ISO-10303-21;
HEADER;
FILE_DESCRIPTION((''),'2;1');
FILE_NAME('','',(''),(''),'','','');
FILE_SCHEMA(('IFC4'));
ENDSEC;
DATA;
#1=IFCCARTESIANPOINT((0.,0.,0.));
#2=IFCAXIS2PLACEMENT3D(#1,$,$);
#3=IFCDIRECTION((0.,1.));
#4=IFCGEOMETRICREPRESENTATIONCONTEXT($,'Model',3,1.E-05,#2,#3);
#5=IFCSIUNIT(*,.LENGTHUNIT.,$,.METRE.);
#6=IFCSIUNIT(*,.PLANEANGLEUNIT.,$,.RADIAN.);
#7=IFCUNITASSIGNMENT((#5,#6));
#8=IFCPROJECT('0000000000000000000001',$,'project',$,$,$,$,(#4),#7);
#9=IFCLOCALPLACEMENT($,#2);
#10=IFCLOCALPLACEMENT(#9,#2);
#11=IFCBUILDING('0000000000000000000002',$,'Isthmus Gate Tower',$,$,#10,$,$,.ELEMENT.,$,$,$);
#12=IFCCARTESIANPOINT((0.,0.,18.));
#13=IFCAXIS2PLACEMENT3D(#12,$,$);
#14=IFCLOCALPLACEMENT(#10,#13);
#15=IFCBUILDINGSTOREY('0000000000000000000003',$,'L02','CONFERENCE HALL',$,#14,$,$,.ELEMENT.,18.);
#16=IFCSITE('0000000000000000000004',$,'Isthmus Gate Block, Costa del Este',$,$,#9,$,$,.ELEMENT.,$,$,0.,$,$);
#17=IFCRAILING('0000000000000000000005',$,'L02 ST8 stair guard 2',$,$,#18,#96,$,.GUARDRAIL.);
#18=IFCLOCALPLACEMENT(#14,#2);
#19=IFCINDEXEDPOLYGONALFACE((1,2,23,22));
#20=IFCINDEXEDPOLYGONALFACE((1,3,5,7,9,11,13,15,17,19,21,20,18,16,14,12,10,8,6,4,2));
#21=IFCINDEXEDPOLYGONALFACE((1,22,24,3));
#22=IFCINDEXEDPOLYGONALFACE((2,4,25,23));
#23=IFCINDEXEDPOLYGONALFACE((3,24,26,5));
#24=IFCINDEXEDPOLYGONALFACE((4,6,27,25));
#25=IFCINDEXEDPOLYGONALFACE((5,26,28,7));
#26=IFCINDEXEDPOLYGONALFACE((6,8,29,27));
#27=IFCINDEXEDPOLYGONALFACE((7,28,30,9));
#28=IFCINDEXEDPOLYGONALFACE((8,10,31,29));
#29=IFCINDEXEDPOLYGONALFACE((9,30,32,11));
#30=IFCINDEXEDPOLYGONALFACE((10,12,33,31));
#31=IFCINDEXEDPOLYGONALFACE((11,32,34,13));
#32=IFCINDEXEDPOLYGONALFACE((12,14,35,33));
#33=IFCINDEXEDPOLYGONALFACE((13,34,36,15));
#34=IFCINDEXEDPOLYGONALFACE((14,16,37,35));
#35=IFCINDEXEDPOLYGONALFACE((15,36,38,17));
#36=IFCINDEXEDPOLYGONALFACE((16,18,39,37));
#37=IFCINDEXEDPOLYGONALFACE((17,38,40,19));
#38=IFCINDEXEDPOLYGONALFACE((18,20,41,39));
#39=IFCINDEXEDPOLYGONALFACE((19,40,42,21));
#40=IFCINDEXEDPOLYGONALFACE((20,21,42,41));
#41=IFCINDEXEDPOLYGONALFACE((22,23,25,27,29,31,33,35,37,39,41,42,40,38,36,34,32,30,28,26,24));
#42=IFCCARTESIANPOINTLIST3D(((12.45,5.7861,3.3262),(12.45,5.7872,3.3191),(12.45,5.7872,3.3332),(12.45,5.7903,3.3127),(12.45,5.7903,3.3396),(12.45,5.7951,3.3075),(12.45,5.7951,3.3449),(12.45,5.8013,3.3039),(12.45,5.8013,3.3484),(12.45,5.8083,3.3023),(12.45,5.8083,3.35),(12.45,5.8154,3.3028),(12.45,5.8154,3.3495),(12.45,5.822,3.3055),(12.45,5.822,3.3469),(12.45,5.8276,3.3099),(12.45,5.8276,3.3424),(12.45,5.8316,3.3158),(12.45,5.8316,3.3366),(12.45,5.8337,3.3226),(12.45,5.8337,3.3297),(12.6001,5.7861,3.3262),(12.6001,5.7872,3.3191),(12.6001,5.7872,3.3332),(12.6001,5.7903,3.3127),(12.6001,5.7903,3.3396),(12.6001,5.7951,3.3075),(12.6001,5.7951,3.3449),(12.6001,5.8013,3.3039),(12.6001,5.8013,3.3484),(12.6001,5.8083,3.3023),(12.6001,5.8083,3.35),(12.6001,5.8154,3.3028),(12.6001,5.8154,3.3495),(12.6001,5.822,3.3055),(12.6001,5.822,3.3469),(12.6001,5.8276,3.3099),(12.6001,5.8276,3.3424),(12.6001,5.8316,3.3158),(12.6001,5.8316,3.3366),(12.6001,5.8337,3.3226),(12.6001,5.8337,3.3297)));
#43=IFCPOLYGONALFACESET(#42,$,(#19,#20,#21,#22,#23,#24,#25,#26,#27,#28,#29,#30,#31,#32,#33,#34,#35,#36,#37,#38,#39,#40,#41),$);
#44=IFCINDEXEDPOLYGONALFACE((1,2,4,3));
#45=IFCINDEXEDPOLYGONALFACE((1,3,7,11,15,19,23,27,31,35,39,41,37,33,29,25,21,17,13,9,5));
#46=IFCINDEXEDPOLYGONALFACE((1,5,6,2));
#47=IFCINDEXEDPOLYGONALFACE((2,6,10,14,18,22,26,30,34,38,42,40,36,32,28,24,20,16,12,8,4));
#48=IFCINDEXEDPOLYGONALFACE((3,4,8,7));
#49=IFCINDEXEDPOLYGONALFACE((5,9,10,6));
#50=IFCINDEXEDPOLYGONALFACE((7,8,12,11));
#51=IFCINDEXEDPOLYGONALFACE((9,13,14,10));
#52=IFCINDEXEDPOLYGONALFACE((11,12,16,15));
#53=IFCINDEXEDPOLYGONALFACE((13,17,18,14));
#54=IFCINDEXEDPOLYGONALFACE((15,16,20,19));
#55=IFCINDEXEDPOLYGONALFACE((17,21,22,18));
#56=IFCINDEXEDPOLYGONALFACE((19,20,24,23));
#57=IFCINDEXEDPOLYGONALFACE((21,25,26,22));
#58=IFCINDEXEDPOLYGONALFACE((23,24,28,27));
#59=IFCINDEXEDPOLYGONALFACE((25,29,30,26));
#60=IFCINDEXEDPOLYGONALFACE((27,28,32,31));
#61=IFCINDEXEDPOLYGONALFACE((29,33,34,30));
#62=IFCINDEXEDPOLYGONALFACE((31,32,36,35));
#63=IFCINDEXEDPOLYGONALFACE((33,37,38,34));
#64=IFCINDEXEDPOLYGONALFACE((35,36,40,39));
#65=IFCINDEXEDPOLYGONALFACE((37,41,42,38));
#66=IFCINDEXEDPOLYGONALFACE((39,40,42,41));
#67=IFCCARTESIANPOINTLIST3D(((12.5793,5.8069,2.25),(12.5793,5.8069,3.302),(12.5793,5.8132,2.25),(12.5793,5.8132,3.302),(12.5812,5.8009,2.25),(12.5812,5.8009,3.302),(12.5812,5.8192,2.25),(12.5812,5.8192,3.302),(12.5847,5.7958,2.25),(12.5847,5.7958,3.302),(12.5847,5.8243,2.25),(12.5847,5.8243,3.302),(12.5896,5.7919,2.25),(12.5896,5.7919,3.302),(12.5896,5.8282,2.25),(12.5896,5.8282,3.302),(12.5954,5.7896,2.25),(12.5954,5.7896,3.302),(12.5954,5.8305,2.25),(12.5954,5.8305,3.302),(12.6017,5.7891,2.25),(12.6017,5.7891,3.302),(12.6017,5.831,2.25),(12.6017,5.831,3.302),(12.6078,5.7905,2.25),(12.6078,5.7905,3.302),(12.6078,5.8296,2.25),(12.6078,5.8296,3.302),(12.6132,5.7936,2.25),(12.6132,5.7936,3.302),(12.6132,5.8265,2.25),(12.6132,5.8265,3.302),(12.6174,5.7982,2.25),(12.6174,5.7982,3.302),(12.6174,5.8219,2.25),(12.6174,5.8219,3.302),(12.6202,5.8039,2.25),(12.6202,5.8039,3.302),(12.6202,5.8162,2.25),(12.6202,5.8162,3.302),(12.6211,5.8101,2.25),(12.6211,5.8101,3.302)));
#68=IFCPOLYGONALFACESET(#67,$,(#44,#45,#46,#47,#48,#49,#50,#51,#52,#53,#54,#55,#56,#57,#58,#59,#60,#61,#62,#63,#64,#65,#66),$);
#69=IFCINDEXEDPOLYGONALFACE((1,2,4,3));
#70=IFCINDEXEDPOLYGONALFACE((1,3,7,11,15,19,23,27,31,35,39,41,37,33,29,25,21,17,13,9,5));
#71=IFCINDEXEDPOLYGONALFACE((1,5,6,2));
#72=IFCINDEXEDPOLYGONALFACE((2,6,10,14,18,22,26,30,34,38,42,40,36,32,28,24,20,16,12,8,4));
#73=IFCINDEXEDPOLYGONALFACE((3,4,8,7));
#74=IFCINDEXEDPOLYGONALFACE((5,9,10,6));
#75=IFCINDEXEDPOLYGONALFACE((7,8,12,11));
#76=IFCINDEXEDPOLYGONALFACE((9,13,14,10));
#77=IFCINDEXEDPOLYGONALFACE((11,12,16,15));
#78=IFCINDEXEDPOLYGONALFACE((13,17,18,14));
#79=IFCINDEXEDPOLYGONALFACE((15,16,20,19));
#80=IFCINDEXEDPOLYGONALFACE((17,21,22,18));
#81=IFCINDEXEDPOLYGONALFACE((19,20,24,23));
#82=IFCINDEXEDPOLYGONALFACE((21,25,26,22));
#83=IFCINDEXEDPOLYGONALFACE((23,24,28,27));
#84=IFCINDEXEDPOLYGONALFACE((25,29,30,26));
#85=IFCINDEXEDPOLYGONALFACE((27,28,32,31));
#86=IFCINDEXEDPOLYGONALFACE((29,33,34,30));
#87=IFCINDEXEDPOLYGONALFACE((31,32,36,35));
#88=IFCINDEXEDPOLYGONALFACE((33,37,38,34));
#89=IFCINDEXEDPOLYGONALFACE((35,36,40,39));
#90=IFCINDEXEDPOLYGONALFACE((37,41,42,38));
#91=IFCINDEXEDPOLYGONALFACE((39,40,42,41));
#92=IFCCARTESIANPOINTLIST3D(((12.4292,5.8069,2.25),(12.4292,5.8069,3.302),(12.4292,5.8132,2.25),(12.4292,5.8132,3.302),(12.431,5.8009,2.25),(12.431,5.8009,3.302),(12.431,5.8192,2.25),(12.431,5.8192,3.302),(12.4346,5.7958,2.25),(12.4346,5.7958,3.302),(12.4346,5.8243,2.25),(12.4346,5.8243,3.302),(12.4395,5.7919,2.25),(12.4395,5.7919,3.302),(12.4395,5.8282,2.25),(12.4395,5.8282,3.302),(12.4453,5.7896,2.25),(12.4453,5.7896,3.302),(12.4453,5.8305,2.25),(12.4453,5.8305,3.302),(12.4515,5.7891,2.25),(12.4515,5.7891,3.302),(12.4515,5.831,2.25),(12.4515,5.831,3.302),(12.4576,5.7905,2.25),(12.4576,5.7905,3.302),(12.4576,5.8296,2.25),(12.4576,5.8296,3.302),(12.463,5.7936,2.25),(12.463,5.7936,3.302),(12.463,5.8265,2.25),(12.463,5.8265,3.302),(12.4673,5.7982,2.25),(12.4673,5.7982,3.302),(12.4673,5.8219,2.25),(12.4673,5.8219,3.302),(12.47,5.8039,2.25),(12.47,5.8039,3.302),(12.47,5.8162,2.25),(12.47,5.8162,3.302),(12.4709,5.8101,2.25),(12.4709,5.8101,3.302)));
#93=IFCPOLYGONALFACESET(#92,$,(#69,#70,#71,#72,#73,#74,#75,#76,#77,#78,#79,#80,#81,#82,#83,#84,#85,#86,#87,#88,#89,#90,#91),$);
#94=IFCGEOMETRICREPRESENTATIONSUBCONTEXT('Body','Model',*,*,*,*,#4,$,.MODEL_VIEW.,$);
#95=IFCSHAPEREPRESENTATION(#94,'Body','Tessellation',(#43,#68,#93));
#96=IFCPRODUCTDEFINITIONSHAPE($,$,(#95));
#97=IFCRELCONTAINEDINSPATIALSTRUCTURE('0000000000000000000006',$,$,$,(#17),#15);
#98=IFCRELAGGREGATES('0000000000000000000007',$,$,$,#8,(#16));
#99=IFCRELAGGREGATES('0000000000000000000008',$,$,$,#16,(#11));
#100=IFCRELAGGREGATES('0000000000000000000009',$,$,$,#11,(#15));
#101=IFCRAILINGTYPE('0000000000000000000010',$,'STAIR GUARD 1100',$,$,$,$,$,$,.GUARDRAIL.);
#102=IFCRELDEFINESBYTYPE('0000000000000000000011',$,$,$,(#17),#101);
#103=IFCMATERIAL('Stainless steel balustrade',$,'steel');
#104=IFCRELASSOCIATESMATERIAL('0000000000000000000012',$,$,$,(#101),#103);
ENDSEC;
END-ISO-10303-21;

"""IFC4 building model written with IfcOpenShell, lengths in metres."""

from ifc_helpers import new_model, si_unit, direction, frame, origin, origin_2d, place, context, subcontext, project, spatial, circle, extrude, material, type_object, element, save


model = new_model("IFC4")

# Units and contexts
model_context = context("Model", 3, precision=1e-05, world=origin(), true_north=direction((0.0, 1.0)))
body_context = subcontext(model_context, "Body", "Model", "MODEL_VIEW")
ifc_project = project(units=[si_unit("LENGTHUNIT", "METRE"), si_unit("PLANEANGLEUNIT", "RADIAN")], contexts=[model_context])

# Site, building, storey
site_placement = place(None, origin())
site = spatial("IfcSite", under=ifc_project, at=site_placement, Name="Isthmus Gate Block, Costa del Este", CompositionType="ELEMENT", RefElevation=0.0)
building_placement = place(site_placement, origin())
building = spatial("IfcBuilding", under=site, at=building_placement, Name="Isthmus Gate Tower", CompositionType="ELEMENT")
storey_placement = place(building_placement, frame((0.0, 0.0, 18.0)))
storey = spatial("IfcBuildingStorey", under=building, at=storey_placement, Name="L02", Description="CONFERENCE HALL", CompositionType="ELEMENT", Elevation=18.0)

# Railing
ifc_material_1 = material(Name="Stainless steel balustrade", Category="steel")
railing_type_1 = type_object("IfcRailingType", Name="STAIR GUARD 1100", PredefinedType="GUARDRAIL", material=ifc_material_1)
railing_1_placement = place(storey_placement, frame((12.6001, 5.8101, 2.25)))
element("IfcRailing", 1, at=railing_1_placement, inside=storey, type_object=railing_type_1, Name="L02 ST8 stair guard 2", PredefinedType="GUARDRAIL", context=body_context, shape_type="SweptSolid", body=[
    extrude(circle(Radius=0.0239, at=origin_2d()), frame((0.0, 0.0, 1.0762), z_axis=(-1.0, 0.0, 0.0), x_axis=(0.0, -1.0, 0.0)), (0.0, 0.0, 1.0), 0.1501),
    extrude(circle(Radius=0.021, at=origin_2d()), origin(), (0.0, 0.0, 1.0), 1.052),
    extrude(circle(Radius=0.021, at=origin_2d()), frame((-0.1501, 0.0, 0.0)), (0.0, 0.0, 1.0), 1.052),
])

save(model, "model.ifc")
